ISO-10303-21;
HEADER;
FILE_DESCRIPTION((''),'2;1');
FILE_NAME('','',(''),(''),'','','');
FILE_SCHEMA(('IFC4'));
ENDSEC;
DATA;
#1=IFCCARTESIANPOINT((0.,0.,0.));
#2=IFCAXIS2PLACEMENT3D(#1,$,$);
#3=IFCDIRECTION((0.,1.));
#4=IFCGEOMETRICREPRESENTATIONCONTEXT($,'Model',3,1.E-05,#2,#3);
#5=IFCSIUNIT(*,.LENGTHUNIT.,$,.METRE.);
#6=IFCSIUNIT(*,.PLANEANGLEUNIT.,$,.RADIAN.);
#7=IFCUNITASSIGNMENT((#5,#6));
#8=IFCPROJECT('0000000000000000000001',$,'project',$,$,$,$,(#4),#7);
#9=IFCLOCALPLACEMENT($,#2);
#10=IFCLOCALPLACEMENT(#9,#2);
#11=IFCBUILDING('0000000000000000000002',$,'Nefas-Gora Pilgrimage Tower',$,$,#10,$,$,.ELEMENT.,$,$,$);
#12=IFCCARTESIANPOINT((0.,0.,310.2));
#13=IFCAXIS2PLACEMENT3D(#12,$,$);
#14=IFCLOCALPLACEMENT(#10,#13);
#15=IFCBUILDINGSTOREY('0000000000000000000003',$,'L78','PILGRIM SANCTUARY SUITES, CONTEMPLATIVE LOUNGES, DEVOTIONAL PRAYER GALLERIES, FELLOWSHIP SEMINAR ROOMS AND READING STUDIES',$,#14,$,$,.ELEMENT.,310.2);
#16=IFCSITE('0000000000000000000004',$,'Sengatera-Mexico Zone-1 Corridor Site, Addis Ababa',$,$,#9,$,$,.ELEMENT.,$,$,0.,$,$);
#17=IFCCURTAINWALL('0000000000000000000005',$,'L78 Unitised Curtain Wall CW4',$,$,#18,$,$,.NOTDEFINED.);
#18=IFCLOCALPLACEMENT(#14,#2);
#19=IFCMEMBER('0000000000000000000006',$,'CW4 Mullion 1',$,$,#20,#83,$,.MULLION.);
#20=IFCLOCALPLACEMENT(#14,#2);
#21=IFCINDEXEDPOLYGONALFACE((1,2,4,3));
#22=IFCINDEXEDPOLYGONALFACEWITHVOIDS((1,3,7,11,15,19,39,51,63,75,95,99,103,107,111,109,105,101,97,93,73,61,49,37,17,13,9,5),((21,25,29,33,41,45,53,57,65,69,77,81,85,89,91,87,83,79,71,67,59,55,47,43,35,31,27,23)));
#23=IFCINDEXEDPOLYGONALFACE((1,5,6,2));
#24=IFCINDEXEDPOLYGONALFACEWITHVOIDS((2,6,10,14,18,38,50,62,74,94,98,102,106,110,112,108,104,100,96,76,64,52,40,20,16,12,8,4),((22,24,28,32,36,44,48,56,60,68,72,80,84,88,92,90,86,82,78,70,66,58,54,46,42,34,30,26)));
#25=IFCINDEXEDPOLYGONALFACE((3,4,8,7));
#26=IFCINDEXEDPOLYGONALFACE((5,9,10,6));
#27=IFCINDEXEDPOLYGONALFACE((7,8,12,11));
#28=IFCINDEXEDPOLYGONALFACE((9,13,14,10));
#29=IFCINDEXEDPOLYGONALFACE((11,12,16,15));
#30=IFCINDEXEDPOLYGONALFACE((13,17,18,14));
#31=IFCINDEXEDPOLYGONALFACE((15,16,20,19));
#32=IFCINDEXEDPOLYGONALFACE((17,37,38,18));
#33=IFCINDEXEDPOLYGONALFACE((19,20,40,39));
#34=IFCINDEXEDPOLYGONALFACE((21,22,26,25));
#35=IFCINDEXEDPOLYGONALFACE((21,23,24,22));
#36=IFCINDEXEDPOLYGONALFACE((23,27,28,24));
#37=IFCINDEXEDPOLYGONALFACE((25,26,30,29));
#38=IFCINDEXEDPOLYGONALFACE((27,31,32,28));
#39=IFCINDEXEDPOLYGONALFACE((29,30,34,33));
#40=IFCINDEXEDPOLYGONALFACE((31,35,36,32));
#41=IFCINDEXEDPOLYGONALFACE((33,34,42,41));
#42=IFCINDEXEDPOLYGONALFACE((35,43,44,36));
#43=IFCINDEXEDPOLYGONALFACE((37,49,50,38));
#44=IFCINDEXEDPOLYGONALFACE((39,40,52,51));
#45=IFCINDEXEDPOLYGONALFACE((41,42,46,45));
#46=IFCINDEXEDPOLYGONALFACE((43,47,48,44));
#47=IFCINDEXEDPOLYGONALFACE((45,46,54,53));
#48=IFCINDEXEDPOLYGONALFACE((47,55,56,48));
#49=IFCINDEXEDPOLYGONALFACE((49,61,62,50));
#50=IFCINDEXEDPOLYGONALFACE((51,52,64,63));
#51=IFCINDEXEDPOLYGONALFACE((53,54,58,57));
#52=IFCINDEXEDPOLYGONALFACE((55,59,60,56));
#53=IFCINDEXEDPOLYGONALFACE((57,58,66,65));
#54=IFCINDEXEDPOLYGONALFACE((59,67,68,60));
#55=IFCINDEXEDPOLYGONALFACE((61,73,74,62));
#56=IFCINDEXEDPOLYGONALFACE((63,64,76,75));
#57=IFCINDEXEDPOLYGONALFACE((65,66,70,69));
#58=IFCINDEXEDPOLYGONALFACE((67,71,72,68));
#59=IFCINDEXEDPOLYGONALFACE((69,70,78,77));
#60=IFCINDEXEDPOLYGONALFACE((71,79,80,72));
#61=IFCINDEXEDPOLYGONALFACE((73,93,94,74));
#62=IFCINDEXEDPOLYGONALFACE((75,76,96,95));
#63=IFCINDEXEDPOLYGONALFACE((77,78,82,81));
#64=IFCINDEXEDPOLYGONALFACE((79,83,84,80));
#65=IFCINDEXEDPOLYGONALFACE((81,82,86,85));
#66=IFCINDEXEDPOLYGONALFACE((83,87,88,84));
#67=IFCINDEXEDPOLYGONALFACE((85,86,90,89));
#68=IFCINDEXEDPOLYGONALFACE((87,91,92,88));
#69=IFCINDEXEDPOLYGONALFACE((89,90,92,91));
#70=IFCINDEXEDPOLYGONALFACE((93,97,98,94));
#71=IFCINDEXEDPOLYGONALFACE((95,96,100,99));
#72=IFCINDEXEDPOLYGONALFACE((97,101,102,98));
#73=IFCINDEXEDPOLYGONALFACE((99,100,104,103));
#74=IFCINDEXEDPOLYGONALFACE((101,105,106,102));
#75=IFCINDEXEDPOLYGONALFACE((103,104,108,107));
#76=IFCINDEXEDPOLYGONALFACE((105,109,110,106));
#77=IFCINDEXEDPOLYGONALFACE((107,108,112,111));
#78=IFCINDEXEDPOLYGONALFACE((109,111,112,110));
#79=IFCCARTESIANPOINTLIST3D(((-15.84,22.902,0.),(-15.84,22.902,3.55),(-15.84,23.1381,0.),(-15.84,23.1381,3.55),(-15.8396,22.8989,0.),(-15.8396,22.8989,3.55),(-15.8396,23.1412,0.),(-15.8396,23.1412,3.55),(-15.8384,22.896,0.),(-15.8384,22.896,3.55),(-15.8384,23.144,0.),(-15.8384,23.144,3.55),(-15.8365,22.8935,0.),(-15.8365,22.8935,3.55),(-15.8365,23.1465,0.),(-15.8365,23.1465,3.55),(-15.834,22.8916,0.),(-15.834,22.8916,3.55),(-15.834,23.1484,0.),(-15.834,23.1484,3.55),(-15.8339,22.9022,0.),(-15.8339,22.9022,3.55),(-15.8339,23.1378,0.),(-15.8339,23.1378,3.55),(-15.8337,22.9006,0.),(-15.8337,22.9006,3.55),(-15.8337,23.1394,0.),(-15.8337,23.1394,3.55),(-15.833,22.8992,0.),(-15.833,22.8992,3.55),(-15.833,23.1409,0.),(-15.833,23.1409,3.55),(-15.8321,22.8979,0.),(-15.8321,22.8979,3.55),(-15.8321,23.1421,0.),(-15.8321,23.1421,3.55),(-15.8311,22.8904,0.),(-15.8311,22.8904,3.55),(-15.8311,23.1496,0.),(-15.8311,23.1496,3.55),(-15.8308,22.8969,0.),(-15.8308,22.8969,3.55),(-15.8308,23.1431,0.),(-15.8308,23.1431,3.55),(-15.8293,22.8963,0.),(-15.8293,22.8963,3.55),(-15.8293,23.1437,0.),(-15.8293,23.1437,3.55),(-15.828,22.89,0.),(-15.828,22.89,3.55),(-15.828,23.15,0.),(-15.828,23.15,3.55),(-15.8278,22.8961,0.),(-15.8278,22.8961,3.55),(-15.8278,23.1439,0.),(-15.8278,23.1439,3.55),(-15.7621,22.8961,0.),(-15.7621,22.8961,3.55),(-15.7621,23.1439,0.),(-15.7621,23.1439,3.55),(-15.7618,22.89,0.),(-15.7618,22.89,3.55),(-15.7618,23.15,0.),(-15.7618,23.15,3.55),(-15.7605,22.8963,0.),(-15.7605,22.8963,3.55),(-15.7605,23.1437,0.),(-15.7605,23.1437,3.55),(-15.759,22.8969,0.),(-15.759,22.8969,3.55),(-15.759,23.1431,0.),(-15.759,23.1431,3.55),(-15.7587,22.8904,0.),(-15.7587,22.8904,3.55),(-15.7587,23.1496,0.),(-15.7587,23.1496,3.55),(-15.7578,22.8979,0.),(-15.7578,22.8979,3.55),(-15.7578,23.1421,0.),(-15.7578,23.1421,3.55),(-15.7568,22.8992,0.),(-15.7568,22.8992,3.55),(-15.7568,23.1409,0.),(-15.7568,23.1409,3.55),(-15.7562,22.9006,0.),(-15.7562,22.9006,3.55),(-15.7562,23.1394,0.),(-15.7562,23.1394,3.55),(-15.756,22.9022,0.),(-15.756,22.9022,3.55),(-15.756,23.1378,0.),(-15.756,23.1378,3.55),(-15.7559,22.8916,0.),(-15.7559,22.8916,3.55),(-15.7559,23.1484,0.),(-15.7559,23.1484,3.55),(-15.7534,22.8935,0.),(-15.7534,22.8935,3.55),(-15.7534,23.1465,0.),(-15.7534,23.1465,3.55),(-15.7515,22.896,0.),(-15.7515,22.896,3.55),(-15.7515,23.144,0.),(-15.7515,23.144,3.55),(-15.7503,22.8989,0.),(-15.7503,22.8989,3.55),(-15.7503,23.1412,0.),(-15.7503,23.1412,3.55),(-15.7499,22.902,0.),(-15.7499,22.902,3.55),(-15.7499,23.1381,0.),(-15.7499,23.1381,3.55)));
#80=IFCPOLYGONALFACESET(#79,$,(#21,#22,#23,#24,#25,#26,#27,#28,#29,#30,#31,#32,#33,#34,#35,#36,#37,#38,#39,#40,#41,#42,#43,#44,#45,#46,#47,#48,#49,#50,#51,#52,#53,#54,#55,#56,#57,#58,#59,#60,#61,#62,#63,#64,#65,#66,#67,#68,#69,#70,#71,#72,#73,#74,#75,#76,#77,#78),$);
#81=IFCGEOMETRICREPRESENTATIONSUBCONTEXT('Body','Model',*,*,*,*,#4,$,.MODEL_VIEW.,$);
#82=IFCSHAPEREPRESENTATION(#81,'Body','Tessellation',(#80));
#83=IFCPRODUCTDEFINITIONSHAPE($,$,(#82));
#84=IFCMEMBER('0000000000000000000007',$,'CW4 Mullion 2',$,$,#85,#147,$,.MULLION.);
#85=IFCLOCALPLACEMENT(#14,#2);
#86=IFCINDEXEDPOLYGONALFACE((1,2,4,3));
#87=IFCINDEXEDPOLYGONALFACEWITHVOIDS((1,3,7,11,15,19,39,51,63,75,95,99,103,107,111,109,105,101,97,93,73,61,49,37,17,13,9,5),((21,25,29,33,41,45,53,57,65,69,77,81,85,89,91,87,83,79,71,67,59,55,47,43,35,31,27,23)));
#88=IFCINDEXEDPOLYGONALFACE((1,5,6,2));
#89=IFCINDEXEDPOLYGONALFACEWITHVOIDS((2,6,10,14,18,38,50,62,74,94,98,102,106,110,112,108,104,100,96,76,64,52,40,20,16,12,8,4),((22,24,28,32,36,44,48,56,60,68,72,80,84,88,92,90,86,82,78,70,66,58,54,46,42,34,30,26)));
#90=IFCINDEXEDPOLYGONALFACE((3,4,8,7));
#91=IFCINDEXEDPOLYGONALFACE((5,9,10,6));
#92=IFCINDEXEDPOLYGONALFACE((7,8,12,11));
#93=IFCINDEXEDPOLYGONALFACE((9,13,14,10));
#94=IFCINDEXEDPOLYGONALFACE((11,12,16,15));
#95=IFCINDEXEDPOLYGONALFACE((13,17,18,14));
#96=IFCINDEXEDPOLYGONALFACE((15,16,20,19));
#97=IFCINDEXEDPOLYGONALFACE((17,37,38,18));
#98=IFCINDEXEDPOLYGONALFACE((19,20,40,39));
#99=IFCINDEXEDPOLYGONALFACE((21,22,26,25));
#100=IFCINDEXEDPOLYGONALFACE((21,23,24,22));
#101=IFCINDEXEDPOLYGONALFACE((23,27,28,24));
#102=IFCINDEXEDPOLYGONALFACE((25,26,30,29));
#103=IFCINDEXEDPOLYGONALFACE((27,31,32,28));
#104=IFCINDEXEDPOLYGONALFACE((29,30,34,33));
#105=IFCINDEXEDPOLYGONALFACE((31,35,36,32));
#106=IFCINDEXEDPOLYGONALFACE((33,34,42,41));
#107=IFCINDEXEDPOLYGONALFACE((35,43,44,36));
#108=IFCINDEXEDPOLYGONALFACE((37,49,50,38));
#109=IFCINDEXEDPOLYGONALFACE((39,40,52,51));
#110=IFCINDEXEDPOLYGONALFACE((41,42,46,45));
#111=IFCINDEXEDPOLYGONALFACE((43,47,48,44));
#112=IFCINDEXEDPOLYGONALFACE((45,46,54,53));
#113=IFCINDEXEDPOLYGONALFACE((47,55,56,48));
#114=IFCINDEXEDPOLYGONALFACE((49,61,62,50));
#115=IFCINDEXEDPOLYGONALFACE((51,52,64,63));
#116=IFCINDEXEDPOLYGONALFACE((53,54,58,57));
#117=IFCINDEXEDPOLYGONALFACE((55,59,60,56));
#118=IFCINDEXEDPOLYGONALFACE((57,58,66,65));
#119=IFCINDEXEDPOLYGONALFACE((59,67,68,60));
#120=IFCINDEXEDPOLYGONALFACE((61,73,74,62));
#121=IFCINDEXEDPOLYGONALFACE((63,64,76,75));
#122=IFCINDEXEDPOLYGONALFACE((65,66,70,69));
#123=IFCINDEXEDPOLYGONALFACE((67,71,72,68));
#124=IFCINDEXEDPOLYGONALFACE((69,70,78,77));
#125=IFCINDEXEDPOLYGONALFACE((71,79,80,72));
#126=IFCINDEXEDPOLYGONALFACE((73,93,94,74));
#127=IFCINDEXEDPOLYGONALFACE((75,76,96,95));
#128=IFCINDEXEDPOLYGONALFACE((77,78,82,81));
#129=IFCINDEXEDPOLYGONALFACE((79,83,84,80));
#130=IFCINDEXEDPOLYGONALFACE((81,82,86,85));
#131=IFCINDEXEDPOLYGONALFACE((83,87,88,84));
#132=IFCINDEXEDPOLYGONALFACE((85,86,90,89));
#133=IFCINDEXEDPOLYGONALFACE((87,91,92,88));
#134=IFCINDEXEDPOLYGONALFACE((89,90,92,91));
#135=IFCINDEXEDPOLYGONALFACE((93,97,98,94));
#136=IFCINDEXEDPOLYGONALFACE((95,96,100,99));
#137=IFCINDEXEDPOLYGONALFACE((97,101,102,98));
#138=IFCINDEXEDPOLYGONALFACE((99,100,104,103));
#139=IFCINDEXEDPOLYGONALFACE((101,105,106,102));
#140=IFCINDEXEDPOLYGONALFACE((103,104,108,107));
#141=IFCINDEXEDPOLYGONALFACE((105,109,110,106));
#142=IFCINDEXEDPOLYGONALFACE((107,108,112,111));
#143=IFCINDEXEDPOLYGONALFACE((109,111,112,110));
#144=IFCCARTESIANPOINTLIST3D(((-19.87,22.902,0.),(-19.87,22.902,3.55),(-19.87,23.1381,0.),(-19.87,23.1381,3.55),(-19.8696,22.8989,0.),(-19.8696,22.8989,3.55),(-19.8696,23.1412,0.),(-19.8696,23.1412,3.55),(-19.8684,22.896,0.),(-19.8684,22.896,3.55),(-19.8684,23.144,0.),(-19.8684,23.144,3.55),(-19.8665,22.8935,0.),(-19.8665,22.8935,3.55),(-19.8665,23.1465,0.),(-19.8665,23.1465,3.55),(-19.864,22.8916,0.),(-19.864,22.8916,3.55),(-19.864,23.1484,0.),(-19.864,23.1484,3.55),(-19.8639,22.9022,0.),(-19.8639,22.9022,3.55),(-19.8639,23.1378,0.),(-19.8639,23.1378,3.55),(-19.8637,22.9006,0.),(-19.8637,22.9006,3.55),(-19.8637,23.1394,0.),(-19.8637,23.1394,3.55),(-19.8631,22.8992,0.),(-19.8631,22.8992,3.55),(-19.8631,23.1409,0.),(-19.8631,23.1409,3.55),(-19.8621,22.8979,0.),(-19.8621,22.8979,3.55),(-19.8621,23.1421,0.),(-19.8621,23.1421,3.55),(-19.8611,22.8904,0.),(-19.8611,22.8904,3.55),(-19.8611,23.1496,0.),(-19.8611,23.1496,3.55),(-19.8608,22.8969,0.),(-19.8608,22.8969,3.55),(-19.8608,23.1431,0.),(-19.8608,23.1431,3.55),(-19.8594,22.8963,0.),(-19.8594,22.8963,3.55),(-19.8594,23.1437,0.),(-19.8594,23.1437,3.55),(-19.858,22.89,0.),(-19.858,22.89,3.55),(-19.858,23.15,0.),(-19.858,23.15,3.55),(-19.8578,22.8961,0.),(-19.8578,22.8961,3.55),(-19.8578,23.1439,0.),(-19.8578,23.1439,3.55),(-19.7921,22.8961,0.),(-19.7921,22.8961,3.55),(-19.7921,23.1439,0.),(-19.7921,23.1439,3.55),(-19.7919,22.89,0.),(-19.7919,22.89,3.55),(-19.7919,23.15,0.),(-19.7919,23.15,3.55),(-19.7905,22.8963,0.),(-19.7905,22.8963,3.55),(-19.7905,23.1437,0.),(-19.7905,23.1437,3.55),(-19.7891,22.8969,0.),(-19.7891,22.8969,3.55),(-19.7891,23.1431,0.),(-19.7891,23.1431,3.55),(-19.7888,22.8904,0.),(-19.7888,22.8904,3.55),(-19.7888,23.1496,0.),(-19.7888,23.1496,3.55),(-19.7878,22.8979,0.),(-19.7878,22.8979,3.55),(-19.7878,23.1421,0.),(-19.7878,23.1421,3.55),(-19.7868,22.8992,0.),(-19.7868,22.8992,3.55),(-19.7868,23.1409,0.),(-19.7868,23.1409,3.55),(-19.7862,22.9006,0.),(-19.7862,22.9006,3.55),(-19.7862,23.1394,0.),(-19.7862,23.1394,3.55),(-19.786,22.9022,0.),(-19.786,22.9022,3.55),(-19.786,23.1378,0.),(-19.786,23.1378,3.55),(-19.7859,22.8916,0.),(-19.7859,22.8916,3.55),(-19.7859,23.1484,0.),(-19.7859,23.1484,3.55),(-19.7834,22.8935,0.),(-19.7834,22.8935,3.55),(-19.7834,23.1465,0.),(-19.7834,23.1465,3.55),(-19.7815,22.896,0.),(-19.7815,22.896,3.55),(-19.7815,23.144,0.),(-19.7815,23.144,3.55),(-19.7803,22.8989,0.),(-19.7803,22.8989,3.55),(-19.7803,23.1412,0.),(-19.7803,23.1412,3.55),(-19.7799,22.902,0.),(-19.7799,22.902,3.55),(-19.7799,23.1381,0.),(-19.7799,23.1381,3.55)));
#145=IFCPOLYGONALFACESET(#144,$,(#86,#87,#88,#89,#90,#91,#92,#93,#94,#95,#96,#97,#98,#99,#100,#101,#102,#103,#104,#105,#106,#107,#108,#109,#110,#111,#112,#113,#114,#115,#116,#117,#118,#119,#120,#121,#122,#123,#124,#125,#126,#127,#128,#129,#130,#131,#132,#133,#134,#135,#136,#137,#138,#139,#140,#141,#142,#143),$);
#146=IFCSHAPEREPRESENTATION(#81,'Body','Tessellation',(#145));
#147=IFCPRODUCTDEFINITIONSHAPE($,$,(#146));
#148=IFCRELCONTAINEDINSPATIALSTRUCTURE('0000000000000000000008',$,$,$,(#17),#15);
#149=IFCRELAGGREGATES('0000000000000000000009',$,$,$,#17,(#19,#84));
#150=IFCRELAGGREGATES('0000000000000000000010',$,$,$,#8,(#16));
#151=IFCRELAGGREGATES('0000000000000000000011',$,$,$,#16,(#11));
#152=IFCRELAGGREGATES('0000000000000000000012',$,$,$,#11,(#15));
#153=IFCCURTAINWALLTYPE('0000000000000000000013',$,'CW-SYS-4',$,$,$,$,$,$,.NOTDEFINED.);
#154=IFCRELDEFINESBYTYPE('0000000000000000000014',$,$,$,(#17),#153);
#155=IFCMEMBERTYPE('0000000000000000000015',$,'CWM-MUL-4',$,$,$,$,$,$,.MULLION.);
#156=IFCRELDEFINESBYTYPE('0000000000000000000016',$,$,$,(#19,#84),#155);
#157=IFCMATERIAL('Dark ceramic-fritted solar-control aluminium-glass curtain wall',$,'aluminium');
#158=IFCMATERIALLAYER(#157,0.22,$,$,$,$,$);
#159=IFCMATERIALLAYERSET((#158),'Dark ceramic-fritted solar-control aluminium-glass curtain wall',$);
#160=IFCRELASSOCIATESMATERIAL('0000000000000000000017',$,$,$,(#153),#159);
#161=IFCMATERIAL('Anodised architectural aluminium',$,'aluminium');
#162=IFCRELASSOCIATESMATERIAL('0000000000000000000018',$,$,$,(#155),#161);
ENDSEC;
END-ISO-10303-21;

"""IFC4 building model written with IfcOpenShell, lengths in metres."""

from ifc_helpers import new_model, si_unit, direction, frame, origin, origin_2d, place, context, subcontext, project, spatial, hollow_rectangle, extrude, source, transform, mapped, material, layer, layer_set, material_profile, profile_set, type_object, element, aggregate, save


model = new_model("IFC4")

# Units and contexts
model_context = context("Model", 3, precision=1e-05, world=origin(), true_north=direction((0.0, 1.0)))
body_context = subcontext(model_context, "Body", "Model", "MODEL_VIEW")
ifc_project = project(units=[si_unit("LENGTHUNIT", "METRE"), si_unit("PLANEANGLEUNIT", "RADIAN")], contexts=[model_context])

# Site, building, storey
site_placement = place(None, origin())
site = spatial("IfcSite", under=ifc_project, at=site_placement, Name="Sengatera-Mexico Zone-1 Corridor Site, Addis Ababa", CompositionType="ELEMENT", RefElevation=0.0)
building_placement = place(site_placement, origin())
building = spatial("IfcBuilding", under=site, at=building_placement, Name="Nefas-Gora Pilgrimage Tower", CompositionType="ELEMENT")
storey_placement = place(building_placement, frame((0.0, 0.0, 310.2)))
storey = spatial("IfcBuildingStorey", under=building, at=storey_placement, Name="L78", Description="PILGRIM SANCTUARY SUITES, CONTEMPLATIVE LOUNGES, DEVOTIONAL PRAYER GALLERIES, FELLOWSHIP SEMINAR ROOMS AND READING STUDIES", CompositionType="ELEMENT", Elevation=310.2)

# Shared definitions
ifc_material_1 = material(Name="Dark ceramic-fritted solar-control aluminium-glass curtain wall", Category="aluminium")
ifc_material_2 = material(Name="Anodised architectural aluminium", Category="aluminium")
ifc_layer_1 = layer(ifc_material_1, 0.22)
ifc_layer_set_1 = layer_set([ifc_layer_1], Name="Dark ceramic-fritted solar-control aluminium-glass curtain wall")
curtain_wall_type_1 = type_object("IfcCurtainWallType", Name="CW-SYS-4", PredefinedType="NOTDEFINED", material=ifc_layer_set_1)

# Curtain wall, members
curtain_wall_1_placement = place(storey_placement, origin())
curtain_wall_1 = element("IfcCurtainWall", 1, at=curtain_wall_1_placement, inside=storey, type_object=curtain_wall_type_1, Name="L78 Unitised Curtain Wall CW4", PredefinedType="NOTDEFINED")
ifc_material_profile_1 = material_profile(ifc_material_2, hollow_rectangle(XDim=0.0901, YDim=0.26, WallThickness=0.0061, InnerFilletRadius=0.0061, OuterFilletRadius=0.012, at=origin_2d()), Name="ALU MULLION 90x260")
ifc_profile_set_1 = profile_set([ifc_material_profile_1], Name="Anodised architectural aluminium")
member_type_1 = type_object("IfcMemberType", Name="CWM-MUL-4", PredefinedType="MULLION", material=ifc_profile_set_1)
shared_shape_1 = source(origin(), body_context, "Body", "SweptSolid", [
    extrude(hollow_rectangle(XDim=0.0901, YDim=0.26, WallThickness=0.0061, InnerFilletRadius=0.0061, OuterFilletRadius=0.012, at=origin_2d()), origin(), (0.0, 0.0, 1.0), 3.55),
])
member_1_placement = place(storey_placement, frame((-15.7949, 23.02, 0.0), z_axis=(0.0, 0.0, 1.0), x_axis=(-1.0, 0.0, 0.0)))
member_1 = element("IfcMember", 2, at=member_1_placement, type_object=member_type_1, Name="CW4 Mullion 1", PredefinedType="MULLION", context=body_context, shape_type="MappedRepresentation", body=[
    mapped(shared_shape_1, transform((0.0, 0.0, 0.0), x_axis=(1.0, 0.0, 0.0), y_axis=(0.0, 1.0, 0.0), z_axis=(0.0, 0.0, 1.0), scale=1.0)),
])
member_2_placement = place(storey_placement, frame((-19.825, 23.02, 0.0), z_axis=(0.0, 0.0, 1.0), x_axis=(-1.0, 0.0, 0.0)))
member_2 = element("IfcMember", 3, at=member_2_placement, type_object=member_type_1, Name="CW4 Mullion 2", PredefinedType="MULLION", context=body_context, shape_type="MappedRepresentation", body=[
    mapped(shared_shape_1, transform((0.0, 0.0, 0.0), x_axis=(1.0, 0.0, 0.0), y_axis=(0.0, 1.0, 0.0), z_axis=(0.0, 0.0, 1.0), scale=1.0)),
])

aggregate(curtain_wall_1, [member_1, member_2])

save(model, "model.ifc")
